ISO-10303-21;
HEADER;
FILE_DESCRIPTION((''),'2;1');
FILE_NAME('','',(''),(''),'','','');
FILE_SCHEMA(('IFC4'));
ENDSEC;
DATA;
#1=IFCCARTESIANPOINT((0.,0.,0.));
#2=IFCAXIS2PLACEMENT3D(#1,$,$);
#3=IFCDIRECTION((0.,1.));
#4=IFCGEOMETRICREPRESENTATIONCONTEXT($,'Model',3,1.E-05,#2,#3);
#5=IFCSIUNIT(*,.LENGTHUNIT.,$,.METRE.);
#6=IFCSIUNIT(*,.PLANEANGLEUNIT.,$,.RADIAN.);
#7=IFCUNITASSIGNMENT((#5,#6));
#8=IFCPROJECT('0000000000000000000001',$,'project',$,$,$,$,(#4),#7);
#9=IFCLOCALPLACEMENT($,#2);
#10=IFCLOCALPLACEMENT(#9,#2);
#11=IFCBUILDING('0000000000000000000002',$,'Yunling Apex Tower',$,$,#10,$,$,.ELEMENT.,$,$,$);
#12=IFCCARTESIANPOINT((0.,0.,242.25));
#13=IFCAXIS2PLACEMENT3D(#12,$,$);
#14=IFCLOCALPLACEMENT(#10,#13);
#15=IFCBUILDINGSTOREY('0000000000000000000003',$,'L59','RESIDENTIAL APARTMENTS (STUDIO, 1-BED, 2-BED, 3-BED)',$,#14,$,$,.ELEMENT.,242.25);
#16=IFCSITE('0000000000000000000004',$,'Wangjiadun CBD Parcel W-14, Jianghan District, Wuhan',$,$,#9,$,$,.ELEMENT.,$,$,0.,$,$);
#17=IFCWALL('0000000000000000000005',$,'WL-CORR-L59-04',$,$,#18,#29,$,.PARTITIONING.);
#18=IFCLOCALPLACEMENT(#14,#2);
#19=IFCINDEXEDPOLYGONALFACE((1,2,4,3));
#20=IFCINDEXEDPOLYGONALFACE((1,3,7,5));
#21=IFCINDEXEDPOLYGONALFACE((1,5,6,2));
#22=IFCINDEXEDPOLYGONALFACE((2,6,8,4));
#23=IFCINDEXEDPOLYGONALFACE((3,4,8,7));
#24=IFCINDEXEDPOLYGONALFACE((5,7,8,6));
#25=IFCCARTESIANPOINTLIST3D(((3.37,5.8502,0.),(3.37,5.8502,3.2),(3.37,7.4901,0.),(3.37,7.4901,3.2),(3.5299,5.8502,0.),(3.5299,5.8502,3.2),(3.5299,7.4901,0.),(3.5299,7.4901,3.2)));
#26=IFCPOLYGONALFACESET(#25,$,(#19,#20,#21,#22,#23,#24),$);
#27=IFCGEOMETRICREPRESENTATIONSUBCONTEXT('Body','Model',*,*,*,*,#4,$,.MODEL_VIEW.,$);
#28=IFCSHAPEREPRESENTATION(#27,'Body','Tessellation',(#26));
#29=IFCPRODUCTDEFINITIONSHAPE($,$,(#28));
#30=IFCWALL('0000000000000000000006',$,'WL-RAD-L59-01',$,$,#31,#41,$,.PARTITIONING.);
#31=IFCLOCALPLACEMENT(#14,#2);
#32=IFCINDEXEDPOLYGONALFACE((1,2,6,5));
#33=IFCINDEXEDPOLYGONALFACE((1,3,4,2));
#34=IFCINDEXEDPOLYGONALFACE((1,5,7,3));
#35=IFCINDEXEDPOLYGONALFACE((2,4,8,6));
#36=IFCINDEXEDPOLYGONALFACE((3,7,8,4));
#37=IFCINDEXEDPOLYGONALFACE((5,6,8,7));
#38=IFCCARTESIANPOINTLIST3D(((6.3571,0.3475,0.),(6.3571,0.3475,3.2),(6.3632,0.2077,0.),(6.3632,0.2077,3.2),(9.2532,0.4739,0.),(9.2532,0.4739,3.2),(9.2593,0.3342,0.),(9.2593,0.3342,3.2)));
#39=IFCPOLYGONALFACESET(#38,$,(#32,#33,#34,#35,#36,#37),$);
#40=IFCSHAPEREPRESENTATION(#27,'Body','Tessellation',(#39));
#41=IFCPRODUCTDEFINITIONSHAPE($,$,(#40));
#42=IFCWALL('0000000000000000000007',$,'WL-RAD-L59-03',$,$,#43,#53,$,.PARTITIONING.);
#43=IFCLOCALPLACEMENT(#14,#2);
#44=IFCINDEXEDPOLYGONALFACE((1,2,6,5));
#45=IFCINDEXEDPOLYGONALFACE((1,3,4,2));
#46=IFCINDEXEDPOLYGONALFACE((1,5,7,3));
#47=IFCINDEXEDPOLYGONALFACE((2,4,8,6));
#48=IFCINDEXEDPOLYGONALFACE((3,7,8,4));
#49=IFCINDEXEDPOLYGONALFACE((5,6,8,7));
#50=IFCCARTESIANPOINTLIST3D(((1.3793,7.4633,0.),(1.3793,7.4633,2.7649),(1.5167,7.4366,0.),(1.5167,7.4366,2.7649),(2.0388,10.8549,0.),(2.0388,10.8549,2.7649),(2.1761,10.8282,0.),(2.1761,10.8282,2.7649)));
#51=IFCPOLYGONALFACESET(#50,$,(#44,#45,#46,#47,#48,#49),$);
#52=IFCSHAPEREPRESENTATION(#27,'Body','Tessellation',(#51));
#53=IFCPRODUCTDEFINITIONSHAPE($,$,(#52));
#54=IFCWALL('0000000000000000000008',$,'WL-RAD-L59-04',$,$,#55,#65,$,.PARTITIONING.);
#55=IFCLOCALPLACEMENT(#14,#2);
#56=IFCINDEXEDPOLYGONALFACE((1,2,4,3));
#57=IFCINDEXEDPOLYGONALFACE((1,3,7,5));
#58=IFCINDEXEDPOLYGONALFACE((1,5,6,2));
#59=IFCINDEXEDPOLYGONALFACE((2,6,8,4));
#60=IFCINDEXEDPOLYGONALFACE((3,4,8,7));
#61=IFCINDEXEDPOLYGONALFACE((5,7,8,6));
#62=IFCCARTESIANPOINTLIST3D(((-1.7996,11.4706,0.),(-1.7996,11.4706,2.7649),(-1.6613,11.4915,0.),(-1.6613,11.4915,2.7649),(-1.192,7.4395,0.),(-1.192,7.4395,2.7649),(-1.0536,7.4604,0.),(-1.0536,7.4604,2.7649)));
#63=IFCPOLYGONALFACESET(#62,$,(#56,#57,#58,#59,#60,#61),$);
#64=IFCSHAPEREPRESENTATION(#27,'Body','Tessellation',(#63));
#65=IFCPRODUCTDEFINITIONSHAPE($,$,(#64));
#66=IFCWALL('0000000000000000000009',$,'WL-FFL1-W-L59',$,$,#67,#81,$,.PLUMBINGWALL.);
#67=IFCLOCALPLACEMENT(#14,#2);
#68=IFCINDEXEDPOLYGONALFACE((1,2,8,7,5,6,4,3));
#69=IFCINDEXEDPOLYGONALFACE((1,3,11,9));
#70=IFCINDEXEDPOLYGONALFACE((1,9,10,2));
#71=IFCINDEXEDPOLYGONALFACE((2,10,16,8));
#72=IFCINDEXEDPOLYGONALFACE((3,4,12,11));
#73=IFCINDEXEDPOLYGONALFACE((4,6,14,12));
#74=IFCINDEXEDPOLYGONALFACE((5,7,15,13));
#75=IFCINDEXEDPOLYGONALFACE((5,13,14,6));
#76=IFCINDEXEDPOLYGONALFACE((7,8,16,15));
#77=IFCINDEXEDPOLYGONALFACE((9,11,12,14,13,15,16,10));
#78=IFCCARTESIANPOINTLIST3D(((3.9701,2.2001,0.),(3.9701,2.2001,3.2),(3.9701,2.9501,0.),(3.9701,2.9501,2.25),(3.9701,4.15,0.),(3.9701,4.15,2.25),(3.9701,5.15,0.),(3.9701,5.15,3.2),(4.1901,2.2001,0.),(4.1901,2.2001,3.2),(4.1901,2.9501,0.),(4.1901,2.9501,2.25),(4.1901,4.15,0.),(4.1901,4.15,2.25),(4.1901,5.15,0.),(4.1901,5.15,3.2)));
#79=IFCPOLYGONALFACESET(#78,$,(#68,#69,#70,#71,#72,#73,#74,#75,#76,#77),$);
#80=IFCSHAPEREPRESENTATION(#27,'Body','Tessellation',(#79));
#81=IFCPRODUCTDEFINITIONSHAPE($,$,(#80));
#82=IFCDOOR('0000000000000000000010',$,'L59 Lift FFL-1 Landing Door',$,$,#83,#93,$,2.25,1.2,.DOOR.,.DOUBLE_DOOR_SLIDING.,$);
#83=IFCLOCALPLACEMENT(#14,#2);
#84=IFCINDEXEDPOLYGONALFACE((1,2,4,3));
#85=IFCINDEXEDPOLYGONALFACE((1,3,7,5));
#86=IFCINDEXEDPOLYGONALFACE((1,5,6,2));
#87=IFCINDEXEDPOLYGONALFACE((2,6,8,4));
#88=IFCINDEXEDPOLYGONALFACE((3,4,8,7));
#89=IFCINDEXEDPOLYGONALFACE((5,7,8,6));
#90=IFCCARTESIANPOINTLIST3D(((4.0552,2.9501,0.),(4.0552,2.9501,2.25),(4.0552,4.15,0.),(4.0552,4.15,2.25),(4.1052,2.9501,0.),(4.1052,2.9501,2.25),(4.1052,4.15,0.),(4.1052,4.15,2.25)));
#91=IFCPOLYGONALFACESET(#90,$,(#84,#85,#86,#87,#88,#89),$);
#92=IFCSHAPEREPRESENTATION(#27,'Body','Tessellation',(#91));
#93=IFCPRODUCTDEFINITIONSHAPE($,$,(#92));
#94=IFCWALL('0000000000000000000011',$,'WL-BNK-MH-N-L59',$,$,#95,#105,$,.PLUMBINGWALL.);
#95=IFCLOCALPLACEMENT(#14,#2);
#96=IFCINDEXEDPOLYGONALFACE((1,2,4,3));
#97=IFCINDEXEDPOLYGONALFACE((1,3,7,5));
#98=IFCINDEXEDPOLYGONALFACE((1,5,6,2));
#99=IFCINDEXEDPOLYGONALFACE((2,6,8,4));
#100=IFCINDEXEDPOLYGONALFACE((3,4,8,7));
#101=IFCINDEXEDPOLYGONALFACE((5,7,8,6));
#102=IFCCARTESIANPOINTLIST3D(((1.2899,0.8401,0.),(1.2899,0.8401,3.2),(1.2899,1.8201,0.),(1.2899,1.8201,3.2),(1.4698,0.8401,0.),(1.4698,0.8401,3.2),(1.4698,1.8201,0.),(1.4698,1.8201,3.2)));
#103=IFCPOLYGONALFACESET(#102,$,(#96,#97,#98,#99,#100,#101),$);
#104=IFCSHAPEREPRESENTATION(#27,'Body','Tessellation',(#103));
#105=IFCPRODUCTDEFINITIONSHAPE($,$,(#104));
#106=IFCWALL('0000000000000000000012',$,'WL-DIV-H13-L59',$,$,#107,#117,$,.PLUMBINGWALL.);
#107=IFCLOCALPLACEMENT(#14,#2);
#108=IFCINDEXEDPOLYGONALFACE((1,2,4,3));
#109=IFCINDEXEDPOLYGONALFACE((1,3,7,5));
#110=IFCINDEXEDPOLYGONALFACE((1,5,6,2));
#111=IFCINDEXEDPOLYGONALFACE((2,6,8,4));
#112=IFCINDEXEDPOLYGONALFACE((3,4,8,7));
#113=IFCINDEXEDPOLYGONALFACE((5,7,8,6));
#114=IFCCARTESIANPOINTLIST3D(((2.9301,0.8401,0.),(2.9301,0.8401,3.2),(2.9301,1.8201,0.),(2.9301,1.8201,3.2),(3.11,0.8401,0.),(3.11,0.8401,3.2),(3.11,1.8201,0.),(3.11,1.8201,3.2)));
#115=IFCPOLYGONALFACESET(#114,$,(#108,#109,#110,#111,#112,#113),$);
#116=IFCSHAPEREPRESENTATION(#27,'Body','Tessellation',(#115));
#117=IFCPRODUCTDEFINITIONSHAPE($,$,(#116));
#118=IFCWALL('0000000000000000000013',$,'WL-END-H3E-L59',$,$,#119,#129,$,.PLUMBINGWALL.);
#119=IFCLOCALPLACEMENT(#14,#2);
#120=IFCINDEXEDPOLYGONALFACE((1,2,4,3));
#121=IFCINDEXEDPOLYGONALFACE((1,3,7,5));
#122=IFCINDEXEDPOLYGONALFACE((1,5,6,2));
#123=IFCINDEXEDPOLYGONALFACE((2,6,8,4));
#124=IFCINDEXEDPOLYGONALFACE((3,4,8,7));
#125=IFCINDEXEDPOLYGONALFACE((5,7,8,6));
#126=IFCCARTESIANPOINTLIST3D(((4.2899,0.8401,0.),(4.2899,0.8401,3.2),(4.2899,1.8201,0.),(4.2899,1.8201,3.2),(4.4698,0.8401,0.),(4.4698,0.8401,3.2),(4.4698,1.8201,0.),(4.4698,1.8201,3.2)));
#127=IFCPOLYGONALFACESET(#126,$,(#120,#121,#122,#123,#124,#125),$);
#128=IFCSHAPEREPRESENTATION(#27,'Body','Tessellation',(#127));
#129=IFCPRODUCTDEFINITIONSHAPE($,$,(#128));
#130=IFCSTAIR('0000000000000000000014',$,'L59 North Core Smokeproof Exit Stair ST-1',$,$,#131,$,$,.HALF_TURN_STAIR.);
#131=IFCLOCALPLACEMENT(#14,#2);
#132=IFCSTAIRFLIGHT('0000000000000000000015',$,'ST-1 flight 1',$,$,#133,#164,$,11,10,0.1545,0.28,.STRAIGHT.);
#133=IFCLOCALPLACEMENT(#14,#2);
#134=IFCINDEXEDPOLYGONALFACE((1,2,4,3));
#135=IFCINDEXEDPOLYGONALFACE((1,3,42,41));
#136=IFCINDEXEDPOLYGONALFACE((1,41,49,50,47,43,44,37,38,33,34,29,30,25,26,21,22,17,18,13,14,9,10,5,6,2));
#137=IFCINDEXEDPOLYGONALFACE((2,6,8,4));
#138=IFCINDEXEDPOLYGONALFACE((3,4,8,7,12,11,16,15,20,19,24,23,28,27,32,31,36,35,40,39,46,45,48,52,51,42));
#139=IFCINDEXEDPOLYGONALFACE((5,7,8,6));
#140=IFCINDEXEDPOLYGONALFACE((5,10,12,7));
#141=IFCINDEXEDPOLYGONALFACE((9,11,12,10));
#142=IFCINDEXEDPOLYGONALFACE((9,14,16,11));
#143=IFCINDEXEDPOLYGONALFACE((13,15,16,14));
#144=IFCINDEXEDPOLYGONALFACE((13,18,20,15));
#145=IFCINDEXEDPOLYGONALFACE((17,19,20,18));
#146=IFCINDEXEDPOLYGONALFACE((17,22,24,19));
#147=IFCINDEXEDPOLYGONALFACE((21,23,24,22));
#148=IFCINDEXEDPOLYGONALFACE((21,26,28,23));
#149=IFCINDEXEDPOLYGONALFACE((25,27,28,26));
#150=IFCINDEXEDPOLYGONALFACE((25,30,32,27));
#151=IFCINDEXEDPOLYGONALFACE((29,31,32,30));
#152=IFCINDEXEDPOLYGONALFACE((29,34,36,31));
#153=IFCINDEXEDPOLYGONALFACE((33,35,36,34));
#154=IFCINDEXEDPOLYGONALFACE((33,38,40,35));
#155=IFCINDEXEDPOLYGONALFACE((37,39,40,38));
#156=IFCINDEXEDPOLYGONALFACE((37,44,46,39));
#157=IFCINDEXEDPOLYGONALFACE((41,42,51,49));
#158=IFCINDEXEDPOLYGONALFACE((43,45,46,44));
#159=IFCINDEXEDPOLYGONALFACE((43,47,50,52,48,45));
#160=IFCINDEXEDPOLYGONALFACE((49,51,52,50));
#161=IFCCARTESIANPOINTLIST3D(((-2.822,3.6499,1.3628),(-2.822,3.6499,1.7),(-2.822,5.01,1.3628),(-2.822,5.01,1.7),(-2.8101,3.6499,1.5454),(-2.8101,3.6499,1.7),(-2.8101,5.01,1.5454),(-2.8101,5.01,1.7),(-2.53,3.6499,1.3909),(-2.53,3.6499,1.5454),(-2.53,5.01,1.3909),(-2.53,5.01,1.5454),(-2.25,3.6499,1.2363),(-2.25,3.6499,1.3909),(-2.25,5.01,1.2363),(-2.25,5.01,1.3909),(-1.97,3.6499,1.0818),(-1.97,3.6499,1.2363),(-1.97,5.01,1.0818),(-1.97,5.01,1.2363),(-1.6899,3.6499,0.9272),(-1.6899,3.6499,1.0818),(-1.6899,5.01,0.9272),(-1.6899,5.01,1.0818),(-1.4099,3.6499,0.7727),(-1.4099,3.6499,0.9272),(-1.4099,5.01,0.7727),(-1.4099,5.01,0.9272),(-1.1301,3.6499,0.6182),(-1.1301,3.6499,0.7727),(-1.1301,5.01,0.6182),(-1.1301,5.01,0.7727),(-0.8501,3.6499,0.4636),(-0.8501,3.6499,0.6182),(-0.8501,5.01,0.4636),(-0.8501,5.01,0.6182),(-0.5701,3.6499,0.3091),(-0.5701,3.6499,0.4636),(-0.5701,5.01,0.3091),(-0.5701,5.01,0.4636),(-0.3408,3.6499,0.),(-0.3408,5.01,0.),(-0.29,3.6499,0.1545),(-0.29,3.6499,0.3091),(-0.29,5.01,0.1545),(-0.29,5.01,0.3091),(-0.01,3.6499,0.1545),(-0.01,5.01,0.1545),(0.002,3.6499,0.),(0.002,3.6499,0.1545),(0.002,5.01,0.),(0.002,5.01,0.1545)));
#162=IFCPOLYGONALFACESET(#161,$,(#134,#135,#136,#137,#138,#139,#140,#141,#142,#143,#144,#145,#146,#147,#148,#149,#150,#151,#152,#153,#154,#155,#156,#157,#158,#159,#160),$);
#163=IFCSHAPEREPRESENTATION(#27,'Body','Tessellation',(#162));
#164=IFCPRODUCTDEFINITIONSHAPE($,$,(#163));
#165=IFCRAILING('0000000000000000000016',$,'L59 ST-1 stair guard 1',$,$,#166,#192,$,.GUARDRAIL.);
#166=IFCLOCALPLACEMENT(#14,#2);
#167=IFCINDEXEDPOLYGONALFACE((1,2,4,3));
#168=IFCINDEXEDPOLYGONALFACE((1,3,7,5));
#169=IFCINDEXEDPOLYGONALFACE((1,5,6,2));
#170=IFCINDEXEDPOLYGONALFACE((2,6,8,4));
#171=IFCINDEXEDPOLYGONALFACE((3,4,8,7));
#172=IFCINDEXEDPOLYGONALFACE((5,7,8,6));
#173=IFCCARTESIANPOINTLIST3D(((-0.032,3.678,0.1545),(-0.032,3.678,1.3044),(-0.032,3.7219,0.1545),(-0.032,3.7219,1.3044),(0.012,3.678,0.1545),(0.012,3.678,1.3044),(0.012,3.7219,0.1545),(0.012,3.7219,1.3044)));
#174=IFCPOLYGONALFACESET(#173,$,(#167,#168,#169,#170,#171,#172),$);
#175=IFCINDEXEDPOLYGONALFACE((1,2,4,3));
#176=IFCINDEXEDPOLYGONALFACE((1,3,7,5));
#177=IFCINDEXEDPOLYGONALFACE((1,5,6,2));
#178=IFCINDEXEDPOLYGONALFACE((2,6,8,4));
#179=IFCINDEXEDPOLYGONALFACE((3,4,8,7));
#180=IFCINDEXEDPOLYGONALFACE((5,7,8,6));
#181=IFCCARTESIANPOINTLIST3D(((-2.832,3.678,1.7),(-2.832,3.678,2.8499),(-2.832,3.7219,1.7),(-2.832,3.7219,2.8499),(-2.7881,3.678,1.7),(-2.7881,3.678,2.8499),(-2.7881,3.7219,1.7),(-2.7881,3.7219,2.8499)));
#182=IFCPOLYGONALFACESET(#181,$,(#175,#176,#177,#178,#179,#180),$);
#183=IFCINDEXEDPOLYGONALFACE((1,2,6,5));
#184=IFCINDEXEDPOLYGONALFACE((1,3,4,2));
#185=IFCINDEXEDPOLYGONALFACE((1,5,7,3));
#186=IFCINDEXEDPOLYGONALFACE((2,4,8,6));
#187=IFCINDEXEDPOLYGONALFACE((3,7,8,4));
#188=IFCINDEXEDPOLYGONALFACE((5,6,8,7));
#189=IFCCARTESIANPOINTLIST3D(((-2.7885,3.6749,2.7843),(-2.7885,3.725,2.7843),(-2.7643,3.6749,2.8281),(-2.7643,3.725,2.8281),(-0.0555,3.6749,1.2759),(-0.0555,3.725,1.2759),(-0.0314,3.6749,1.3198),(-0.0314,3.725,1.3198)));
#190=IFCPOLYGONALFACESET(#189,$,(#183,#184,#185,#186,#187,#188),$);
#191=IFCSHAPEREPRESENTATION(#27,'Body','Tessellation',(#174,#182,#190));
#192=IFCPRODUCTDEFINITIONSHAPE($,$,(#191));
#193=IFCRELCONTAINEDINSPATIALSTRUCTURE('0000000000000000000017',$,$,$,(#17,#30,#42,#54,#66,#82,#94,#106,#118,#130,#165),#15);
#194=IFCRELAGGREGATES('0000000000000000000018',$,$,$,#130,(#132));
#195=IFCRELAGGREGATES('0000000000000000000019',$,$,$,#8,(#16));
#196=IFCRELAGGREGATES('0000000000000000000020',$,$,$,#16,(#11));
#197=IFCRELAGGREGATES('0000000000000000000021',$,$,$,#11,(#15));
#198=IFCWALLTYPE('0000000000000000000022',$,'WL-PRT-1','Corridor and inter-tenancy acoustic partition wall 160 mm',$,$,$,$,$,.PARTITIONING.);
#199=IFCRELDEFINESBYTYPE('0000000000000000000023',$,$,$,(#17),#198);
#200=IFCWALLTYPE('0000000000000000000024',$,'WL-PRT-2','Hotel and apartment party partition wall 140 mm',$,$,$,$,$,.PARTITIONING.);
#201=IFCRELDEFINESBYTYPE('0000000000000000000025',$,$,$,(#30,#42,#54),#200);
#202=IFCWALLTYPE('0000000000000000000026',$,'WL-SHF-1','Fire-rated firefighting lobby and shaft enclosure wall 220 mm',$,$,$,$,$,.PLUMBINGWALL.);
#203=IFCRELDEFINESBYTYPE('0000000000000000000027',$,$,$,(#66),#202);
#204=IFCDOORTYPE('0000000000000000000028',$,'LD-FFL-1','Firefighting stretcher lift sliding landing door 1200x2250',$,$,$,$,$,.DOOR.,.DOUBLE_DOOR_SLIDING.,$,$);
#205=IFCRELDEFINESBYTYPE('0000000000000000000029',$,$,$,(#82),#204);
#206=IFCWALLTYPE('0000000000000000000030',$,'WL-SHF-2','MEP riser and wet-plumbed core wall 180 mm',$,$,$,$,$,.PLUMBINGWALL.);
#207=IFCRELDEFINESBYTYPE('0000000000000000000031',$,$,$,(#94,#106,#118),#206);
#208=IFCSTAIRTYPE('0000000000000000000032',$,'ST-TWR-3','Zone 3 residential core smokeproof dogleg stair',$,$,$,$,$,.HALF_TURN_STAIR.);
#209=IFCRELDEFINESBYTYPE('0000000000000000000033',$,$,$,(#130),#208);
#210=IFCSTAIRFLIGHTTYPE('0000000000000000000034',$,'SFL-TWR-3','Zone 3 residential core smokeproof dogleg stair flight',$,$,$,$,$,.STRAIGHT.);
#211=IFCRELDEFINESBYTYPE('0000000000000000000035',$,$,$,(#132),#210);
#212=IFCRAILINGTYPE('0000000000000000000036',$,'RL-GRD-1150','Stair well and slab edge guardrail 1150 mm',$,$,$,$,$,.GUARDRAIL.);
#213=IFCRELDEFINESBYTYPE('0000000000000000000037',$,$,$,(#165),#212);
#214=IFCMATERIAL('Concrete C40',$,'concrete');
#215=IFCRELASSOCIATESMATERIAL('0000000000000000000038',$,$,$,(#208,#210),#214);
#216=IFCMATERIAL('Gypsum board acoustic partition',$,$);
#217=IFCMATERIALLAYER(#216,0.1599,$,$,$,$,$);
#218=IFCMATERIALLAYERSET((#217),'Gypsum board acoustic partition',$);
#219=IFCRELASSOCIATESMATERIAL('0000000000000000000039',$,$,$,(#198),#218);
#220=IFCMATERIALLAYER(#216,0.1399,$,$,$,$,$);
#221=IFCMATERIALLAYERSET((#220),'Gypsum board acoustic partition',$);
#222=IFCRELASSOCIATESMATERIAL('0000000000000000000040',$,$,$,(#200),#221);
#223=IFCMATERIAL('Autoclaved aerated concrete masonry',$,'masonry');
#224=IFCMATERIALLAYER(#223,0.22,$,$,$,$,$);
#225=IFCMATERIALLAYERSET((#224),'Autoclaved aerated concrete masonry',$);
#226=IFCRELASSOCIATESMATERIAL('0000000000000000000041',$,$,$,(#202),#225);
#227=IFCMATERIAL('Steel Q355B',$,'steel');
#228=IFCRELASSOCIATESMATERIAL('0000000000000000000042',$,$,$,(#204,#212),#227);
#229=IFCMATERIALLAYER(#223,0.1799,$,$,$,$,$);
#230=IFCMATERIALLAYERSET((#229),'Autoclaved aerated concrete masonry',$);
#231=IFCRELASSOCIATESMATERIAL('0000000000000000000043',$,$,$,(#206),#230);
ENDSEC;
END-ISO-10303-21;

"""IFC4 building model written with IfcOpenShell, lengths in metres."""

from ifc_helpers import new_model, si_unit, direction, frame, frame_2d, origin, origin_2d, place, context, subcontext, project, spatial, polyline, rectangle, outline, extrude, material, layer, layer_set, type_object, element, fill, aggregate, save


model = new_model("IFC4")

# Units and contexts
model_context = context("Model", 3, precision=1e-05, world=origin(), true_north=direction((0.0, 1.0)))
body_context = subcontext(model_context, "Body", "Model", "MODEL_VIEW")
ifc_project = project(units=[si_unit("LENGTHUNIT", "METRE"), si_unit("PLANEANGLEUNIT", "RADIAN")], contexts=[model_context])

# Site, building, storey
site_placement = place(None, origin())
site = spatial("IfcSite", under=ifc_project, at=site_placement, Name="Wangjiadun CBD Parcel W-14, Jianghan District, Wuhan", CompositionType="ELEMENT", RefElevation=0.0)
building_placement = place(site_placement, origin())
building = spatial("IfcBuilding", under=site, at=building_placement, Name="Yunling Apex Tower", CompositionType="ELEMENT")
storey_placement = place(building_placement, frame((0.0, 0.0, 242.25)))
storey = spatial("IfcBuildingStorey", under=building, at=storey_placement, Name="L59", Description="RESIDENTIAL APARTMENTS (STUDIO, 1-BED, 2-BED, 3-BED)", CompositionType="ELEMENT", Elevation=242.25)

# Shared definitions
ifc_material_1 = material(Name="Steel Q355B", Category="steel")

# Shared definitions
ifc_material_2 = material(Name="Concrete C40", Category="concrete")
stair_type = type_object("IfcStairType", Name="ST-TWR-3", Description="Zone 3 residential core smokeproof dogleg stair", PredefinedType="HALF_TURN_STAIR", material=ifc_material_2)

# Walls
ifc_material_3 = material(Name="Gypsum board acoustic partition")
ifc_layer_1 = layer(ifc_material_3, 0.1599)
ifc_layer_set_1 = layer_set([ifc_layer_1], Name="Gypsum board acoustic partition")
wall_type_1 = type_object("IfcWallType", Name="WL-PRT-1", Description="Corridor and inter-tenancy acoustic partition wall 160 mm", PredefinedType="PARTITIONING", material=ifc_layer_set_1)
wall_1_placement = place(storey_placement, frame((3.45, 7.49, 0.0), z_axis=(0.0, 0.0, 1.0), x_axis=(0.0, -1.0, 0.0)))
element("IfcWall", 1, at=wall_1_placement, inside=storey, type_object=wall_type_1, Name="WL-CORR-L59-04", PredefinedType="PARTITIONING", context=body_context, shape_type="SweptSolid", body=[
    extrude(rectangle(XDim=1.6399, YDim=0.1599, at=frame_2d((0.8198, 0.0))), origin(), (0.0, 0.0, 1.0), 3.2),
])
ifc_layer_2 = layer(ifc_material_3, 0.1399)
ifc_layer_set_2 = layer_set([ifc_layer_2], Name="Gypsum board acoustic partition")
wall_type_2 = type_object("IfcWallType", Name="WL-PRT-2", Description="Hotel and apartment party partition wall 140 mm", PredefinedType="PARTITIONING", material=ifc_layer_set_2)
wall_2_placement = place(storey_placement, frame((6.3601, 0.2776, 0.0), z_axis=(0.0, 0.0, 1.0), x_axis=(0.999048, 0.043624, 0.0)))
element("IfcWall", 2, at=wall_2_placement, inside=storey, type_object=wall_type_2, Name="WL-RAD-L59-01", PredefinedType="PARTITIONING", context=body_context, shape_type="SweptSolid", body=[
    extrude(rectangle(XDim=2.8989, YDim=0.1399, at=frame_2d((1.4495, 0.0))), origin(), (0.0, 0.0, 1.0), 3.2),
])
wall_3_placement = place(storey_placement, frame((1.448, 7.45, 0.0), z_axis=(0.0, 0.0, 1.0), x_axis=(0.190855, 0.981618, 0.0)))
element("IfcWall", 3, at=wall_3_placement, inside=storey, type_object=wall_type_2, Name="WL-RAD-L59-03", PredefinedType="PARTITIONING", context=body_context, shape_type="SweptSolid", body=[
    extrude(rectangle(XDim=3.4551, YDim=0.1399, at=frame_2d((1.7275, 0.0))), origin(), (0.0, 0.0, 1.0), 2.7649),
])
wall_4_placement = place(storey_placement, frame((-1.1228, 7.45, 0.0), z_axis=(0.0, 0.0, 1.0), x_axis=(-0.149064, 0.988828, 0.0)))
element("IfcWall", 4, at=wall_4_placement, inside=storey, type_object=wall_type_2, Name="WL-RAD-L59-04", PredefinedType="PARTITIONING", context=body_context, shape_type="SweptSolid", body=[
    extrude(rectangle(XDim=4.0767, YDim=0.1399, at=frame_2d((2.0383, 0.0))), origin(), (0.0, 0.0, 1.0), 2.7649),
])

# Wall, opening, door
ifc_material_4 = material(Name="Autoclaved aerated concrete masonry", Category="masonry")
ifc_layer_3 = layer(ifc_material_4, 0.22)
ifc_layer_set_3 = layer_set([ifc_layer_3], Name="Autoclaved aerated concrete masonry")
wall_type_3 = type_object("IfcWallType", Name="WL-SHF-1", Description="Fire-rated firefighting lobby and shaft enclosure wall 220 mm", PredefinedType="PLUMBINGWALL", material=ifc_layer_set_3)
wall_5_placement = place(storey_placement, frame((4.0801, 2.2, 0.0), z_axis=(0.0, 0.0, 1.0), x_axis=(0.0, 1.0, 0.0)))
wall_5 = element("IfcWall", 5, at=wall_5_placement, inside=storey, type_object=wall_type_3, Name="WL-FFL1-W-L59", PredefinedType="PLUMBINGWALL", context=body_context, shape_type="SweptSolid", body=[
    extrude(rectangle(XDim=2.95, YDim=0.22, at=frame_2d((1.4751, 0.0))), origin(), (0.0, 0.0, 1.0), 3.2),
])
opening_1_placement = place(wall_5_placement, frame((0.75, 0.0, 0.0)))
opening_1 = element("IfcOpeningElement", 6, at=opening_1_placement, cuts=wall_5, PredefinedType="OPENING", context=body_context, shape_type="SweptSolid", body=[
    extrude(rectangle(XDim=1.2, YDim=2.25, at=frame_2d((0.6001, 1.125))), frame((0.0, 0.1201, 0.0), z_axis=(0.0, -1.0, 0.0), x_axis=(1.0, 0.0, 0.0)), (0.0, 0.0, 1.0), 0.24),
])
door_type_1 = type_object("IfcDoorType", Name="LD-FFL-1", Description="Firefighting stretcher lift sliding landing door 1200x2250", OperationType="DOUBLE_DOOR_SLIDING", PredefinedType="DOOR", material=ifc_material_1)
door_1_placement = place(opening_1_placement, origin())
door_1 = element("IfcDoor", 7, at=door_1_placement, inside=storey, type_object=door_type_1, Name="L59 Lift FFL-1 Landing Door", OperationType="DOUBLE_DOOR_SLIDING", OverallHeight=2.25, OverallWidth=1.2, PredefinedType="DOOR", context=body_context, shape_type="SweptSolid", body=[
    extrude(rectangle(XDim=1.2, YDim=2.25, at=frame_2d((0.6001, 1.125))), frame((0.0, 0.0249, 0.0), z_axis=(0.0, -1.0, 0.0), x_axis=(1.0, 0.0, 0.0)), (0.0, 0.0, 1.0), 0.05),
])
fill(opening_1, door_1)

# Walls
ifc_layer_4 = layer(ifc_material_4, 0.1799)
ifc_layer_set_4 = layer_set([ifc_layer_4], Name="Autoclaved aerated concrete masonry")
wall_type_4 = type_object("IfcWallType", Name="WL-SHF-2", Description="MEP riser and wet-plumbed core wall 180 mm", PredefinedType="PLUMBINGWALL", material=ifc_layer_set_4)
for number, where, z_axis, x_axis, name in (
    (8, (1.3799, 0.8401, 0.0), (0.0, 0.0, 1.0), (0.0, 1.0, 0.0), "WL-BNK-MH-N-L59"),
    (9, (3.02, 0.8401, 0.0), (0.0, 0.0, 1.0), (0.0, 1.0, 0.0), "WL-DIV-H13-L59"),
    (10, (4.3799, 0.8401, 0.0), (0.0, 0.0, 1.0), (0.0, 1.0, 0.0), "WL-END-H3E-L59"),
):
    element("IfcWall", number, at=place(storey_placement, frame(where, z_axis=z_axis, x_axis=x_axis)), inside=storey, type_object=wall_type_4, Name=name, PredefinedType="PLUMBINGWALL", context=body_context, shape_type="SweptSolid", body=[
        extrude(rectangle(XDim=0.98, YDim=0.1799, at=frame_2d((0.49, 0.0))), origin(), (0.0, 0.0, 1.0), 3.2),
    ])

# Stair, stair flight
stair_1_placement = place(storey_placement, origin())
stair_1 = element("IfcStair", 11, at=stair_1_placement, inside=storey, type_object=stair_type, Name="L59 North Core Smokeproof Exit Stair ST-1", PredefinedType="HALF_TURN_STAIR")
stair_flight_type = type_object("IfcStairFlightType", Name="SFL-TWR-3", Description="Zone 3 residential core smokeproof dogleg stair flight", PredefinedType="STRAIGHT", material=ifc_material_2)
stair_flight_placement = place(storey_placement, frame((-0.01, 4.3301, 0.0), z_axis=(0.0, 0.0, 1.0), x_axis=(-1.0, 0.0, 0.0)))
stair_flight = element("IfcStairFlight", 12, at=stair_flight_placement, type_object=stair_flight_type, Name="ST-1 flight 1", NumberOfRisers=11, NumberOfTreads=10, PredefinedType="STRAIGHT", RiserHeight=0.1545, TreadLength=0.28, context=body_context, shape_type="SweptSolid", body=[
    extrude(outline(polyline([(-0.012, 0.0), (-0.012, 0.1545), (0.0, 0.1545), (0.28, 0.1545), (0.28, 0.3091), (0.5601, 0.3091), (0.5601, 0.4636), (0.8401, 0.4636), (0.8401, 0.6182), (1.1201, 0.6182), (1.1201, 0.7727), (1.3999, 0.7727), (1.3999, 0.9272), (1.6799, 0.9272), (1.6799, 1.0818), (1.96, 1.0818), (1.96, 1.2363), (2.24, 1.2363), (2.24, 1.3909), (2.52, 1.3909), (2.52, 1.5454), (2.8, 1.5454), (2.8, 1.7), (2.812, 1.7), (2.812, 1.3628), (0.3308, 0.0), (-0.012, 0.0)])), frame((0.0, 0.6802, 0.0), z_axis=(0.0, -1.0, 0.0), x_axis=(1.0, 0.0, 0.0)), (0.0, 0.0, 1.0), 1.3601),
])
aggregate(stair_1, [stair_flight])

# Railing
railing_type_1 = type_object("IfcRailingType", Name="RL-GRD-1150", Description="Stair well and slab edge guardrail 1150 mm", PredefinedType="GUARDRAIL", material=ifc_material_1)
railing_1_placement = place(storey_placement, frame((-0.01, 3.7, 0.1545)))
element("IfcRailing", 13, at=railing_1_placement, inside=storey, type_object=railing_type_1, Name="L59 ST-1 stair guard 1", PredefinedType="GUARDRAIL", context=body_context, shape_type="SweptSolid", body=[
    extrude(rectangle(XDim=0.0439, YDim=0.0439, at=origin_2d()), origin(), (0.0, 0.0, 1.0), 1.1499),
    extrude(rectangle(XDim=0.0439, YDim=0.0439, at=origin_2d()), frame((-2.8, 0.0, 1.5454)), (0.0, 0.0, 1.0), 1.1499),
    extrude(rectangle(XDim=0.05, YDim=0.05, at=origin_2d()), frame((-0.0334, 0.0, 1.1433), z_axis=(-0.875504, 0.0, 0.483211), x_axis=(0.0, -1.0, 0.0)), (0.0, 0.0, 1.0), 3.1216),
])

save(model, "model.ifc")
